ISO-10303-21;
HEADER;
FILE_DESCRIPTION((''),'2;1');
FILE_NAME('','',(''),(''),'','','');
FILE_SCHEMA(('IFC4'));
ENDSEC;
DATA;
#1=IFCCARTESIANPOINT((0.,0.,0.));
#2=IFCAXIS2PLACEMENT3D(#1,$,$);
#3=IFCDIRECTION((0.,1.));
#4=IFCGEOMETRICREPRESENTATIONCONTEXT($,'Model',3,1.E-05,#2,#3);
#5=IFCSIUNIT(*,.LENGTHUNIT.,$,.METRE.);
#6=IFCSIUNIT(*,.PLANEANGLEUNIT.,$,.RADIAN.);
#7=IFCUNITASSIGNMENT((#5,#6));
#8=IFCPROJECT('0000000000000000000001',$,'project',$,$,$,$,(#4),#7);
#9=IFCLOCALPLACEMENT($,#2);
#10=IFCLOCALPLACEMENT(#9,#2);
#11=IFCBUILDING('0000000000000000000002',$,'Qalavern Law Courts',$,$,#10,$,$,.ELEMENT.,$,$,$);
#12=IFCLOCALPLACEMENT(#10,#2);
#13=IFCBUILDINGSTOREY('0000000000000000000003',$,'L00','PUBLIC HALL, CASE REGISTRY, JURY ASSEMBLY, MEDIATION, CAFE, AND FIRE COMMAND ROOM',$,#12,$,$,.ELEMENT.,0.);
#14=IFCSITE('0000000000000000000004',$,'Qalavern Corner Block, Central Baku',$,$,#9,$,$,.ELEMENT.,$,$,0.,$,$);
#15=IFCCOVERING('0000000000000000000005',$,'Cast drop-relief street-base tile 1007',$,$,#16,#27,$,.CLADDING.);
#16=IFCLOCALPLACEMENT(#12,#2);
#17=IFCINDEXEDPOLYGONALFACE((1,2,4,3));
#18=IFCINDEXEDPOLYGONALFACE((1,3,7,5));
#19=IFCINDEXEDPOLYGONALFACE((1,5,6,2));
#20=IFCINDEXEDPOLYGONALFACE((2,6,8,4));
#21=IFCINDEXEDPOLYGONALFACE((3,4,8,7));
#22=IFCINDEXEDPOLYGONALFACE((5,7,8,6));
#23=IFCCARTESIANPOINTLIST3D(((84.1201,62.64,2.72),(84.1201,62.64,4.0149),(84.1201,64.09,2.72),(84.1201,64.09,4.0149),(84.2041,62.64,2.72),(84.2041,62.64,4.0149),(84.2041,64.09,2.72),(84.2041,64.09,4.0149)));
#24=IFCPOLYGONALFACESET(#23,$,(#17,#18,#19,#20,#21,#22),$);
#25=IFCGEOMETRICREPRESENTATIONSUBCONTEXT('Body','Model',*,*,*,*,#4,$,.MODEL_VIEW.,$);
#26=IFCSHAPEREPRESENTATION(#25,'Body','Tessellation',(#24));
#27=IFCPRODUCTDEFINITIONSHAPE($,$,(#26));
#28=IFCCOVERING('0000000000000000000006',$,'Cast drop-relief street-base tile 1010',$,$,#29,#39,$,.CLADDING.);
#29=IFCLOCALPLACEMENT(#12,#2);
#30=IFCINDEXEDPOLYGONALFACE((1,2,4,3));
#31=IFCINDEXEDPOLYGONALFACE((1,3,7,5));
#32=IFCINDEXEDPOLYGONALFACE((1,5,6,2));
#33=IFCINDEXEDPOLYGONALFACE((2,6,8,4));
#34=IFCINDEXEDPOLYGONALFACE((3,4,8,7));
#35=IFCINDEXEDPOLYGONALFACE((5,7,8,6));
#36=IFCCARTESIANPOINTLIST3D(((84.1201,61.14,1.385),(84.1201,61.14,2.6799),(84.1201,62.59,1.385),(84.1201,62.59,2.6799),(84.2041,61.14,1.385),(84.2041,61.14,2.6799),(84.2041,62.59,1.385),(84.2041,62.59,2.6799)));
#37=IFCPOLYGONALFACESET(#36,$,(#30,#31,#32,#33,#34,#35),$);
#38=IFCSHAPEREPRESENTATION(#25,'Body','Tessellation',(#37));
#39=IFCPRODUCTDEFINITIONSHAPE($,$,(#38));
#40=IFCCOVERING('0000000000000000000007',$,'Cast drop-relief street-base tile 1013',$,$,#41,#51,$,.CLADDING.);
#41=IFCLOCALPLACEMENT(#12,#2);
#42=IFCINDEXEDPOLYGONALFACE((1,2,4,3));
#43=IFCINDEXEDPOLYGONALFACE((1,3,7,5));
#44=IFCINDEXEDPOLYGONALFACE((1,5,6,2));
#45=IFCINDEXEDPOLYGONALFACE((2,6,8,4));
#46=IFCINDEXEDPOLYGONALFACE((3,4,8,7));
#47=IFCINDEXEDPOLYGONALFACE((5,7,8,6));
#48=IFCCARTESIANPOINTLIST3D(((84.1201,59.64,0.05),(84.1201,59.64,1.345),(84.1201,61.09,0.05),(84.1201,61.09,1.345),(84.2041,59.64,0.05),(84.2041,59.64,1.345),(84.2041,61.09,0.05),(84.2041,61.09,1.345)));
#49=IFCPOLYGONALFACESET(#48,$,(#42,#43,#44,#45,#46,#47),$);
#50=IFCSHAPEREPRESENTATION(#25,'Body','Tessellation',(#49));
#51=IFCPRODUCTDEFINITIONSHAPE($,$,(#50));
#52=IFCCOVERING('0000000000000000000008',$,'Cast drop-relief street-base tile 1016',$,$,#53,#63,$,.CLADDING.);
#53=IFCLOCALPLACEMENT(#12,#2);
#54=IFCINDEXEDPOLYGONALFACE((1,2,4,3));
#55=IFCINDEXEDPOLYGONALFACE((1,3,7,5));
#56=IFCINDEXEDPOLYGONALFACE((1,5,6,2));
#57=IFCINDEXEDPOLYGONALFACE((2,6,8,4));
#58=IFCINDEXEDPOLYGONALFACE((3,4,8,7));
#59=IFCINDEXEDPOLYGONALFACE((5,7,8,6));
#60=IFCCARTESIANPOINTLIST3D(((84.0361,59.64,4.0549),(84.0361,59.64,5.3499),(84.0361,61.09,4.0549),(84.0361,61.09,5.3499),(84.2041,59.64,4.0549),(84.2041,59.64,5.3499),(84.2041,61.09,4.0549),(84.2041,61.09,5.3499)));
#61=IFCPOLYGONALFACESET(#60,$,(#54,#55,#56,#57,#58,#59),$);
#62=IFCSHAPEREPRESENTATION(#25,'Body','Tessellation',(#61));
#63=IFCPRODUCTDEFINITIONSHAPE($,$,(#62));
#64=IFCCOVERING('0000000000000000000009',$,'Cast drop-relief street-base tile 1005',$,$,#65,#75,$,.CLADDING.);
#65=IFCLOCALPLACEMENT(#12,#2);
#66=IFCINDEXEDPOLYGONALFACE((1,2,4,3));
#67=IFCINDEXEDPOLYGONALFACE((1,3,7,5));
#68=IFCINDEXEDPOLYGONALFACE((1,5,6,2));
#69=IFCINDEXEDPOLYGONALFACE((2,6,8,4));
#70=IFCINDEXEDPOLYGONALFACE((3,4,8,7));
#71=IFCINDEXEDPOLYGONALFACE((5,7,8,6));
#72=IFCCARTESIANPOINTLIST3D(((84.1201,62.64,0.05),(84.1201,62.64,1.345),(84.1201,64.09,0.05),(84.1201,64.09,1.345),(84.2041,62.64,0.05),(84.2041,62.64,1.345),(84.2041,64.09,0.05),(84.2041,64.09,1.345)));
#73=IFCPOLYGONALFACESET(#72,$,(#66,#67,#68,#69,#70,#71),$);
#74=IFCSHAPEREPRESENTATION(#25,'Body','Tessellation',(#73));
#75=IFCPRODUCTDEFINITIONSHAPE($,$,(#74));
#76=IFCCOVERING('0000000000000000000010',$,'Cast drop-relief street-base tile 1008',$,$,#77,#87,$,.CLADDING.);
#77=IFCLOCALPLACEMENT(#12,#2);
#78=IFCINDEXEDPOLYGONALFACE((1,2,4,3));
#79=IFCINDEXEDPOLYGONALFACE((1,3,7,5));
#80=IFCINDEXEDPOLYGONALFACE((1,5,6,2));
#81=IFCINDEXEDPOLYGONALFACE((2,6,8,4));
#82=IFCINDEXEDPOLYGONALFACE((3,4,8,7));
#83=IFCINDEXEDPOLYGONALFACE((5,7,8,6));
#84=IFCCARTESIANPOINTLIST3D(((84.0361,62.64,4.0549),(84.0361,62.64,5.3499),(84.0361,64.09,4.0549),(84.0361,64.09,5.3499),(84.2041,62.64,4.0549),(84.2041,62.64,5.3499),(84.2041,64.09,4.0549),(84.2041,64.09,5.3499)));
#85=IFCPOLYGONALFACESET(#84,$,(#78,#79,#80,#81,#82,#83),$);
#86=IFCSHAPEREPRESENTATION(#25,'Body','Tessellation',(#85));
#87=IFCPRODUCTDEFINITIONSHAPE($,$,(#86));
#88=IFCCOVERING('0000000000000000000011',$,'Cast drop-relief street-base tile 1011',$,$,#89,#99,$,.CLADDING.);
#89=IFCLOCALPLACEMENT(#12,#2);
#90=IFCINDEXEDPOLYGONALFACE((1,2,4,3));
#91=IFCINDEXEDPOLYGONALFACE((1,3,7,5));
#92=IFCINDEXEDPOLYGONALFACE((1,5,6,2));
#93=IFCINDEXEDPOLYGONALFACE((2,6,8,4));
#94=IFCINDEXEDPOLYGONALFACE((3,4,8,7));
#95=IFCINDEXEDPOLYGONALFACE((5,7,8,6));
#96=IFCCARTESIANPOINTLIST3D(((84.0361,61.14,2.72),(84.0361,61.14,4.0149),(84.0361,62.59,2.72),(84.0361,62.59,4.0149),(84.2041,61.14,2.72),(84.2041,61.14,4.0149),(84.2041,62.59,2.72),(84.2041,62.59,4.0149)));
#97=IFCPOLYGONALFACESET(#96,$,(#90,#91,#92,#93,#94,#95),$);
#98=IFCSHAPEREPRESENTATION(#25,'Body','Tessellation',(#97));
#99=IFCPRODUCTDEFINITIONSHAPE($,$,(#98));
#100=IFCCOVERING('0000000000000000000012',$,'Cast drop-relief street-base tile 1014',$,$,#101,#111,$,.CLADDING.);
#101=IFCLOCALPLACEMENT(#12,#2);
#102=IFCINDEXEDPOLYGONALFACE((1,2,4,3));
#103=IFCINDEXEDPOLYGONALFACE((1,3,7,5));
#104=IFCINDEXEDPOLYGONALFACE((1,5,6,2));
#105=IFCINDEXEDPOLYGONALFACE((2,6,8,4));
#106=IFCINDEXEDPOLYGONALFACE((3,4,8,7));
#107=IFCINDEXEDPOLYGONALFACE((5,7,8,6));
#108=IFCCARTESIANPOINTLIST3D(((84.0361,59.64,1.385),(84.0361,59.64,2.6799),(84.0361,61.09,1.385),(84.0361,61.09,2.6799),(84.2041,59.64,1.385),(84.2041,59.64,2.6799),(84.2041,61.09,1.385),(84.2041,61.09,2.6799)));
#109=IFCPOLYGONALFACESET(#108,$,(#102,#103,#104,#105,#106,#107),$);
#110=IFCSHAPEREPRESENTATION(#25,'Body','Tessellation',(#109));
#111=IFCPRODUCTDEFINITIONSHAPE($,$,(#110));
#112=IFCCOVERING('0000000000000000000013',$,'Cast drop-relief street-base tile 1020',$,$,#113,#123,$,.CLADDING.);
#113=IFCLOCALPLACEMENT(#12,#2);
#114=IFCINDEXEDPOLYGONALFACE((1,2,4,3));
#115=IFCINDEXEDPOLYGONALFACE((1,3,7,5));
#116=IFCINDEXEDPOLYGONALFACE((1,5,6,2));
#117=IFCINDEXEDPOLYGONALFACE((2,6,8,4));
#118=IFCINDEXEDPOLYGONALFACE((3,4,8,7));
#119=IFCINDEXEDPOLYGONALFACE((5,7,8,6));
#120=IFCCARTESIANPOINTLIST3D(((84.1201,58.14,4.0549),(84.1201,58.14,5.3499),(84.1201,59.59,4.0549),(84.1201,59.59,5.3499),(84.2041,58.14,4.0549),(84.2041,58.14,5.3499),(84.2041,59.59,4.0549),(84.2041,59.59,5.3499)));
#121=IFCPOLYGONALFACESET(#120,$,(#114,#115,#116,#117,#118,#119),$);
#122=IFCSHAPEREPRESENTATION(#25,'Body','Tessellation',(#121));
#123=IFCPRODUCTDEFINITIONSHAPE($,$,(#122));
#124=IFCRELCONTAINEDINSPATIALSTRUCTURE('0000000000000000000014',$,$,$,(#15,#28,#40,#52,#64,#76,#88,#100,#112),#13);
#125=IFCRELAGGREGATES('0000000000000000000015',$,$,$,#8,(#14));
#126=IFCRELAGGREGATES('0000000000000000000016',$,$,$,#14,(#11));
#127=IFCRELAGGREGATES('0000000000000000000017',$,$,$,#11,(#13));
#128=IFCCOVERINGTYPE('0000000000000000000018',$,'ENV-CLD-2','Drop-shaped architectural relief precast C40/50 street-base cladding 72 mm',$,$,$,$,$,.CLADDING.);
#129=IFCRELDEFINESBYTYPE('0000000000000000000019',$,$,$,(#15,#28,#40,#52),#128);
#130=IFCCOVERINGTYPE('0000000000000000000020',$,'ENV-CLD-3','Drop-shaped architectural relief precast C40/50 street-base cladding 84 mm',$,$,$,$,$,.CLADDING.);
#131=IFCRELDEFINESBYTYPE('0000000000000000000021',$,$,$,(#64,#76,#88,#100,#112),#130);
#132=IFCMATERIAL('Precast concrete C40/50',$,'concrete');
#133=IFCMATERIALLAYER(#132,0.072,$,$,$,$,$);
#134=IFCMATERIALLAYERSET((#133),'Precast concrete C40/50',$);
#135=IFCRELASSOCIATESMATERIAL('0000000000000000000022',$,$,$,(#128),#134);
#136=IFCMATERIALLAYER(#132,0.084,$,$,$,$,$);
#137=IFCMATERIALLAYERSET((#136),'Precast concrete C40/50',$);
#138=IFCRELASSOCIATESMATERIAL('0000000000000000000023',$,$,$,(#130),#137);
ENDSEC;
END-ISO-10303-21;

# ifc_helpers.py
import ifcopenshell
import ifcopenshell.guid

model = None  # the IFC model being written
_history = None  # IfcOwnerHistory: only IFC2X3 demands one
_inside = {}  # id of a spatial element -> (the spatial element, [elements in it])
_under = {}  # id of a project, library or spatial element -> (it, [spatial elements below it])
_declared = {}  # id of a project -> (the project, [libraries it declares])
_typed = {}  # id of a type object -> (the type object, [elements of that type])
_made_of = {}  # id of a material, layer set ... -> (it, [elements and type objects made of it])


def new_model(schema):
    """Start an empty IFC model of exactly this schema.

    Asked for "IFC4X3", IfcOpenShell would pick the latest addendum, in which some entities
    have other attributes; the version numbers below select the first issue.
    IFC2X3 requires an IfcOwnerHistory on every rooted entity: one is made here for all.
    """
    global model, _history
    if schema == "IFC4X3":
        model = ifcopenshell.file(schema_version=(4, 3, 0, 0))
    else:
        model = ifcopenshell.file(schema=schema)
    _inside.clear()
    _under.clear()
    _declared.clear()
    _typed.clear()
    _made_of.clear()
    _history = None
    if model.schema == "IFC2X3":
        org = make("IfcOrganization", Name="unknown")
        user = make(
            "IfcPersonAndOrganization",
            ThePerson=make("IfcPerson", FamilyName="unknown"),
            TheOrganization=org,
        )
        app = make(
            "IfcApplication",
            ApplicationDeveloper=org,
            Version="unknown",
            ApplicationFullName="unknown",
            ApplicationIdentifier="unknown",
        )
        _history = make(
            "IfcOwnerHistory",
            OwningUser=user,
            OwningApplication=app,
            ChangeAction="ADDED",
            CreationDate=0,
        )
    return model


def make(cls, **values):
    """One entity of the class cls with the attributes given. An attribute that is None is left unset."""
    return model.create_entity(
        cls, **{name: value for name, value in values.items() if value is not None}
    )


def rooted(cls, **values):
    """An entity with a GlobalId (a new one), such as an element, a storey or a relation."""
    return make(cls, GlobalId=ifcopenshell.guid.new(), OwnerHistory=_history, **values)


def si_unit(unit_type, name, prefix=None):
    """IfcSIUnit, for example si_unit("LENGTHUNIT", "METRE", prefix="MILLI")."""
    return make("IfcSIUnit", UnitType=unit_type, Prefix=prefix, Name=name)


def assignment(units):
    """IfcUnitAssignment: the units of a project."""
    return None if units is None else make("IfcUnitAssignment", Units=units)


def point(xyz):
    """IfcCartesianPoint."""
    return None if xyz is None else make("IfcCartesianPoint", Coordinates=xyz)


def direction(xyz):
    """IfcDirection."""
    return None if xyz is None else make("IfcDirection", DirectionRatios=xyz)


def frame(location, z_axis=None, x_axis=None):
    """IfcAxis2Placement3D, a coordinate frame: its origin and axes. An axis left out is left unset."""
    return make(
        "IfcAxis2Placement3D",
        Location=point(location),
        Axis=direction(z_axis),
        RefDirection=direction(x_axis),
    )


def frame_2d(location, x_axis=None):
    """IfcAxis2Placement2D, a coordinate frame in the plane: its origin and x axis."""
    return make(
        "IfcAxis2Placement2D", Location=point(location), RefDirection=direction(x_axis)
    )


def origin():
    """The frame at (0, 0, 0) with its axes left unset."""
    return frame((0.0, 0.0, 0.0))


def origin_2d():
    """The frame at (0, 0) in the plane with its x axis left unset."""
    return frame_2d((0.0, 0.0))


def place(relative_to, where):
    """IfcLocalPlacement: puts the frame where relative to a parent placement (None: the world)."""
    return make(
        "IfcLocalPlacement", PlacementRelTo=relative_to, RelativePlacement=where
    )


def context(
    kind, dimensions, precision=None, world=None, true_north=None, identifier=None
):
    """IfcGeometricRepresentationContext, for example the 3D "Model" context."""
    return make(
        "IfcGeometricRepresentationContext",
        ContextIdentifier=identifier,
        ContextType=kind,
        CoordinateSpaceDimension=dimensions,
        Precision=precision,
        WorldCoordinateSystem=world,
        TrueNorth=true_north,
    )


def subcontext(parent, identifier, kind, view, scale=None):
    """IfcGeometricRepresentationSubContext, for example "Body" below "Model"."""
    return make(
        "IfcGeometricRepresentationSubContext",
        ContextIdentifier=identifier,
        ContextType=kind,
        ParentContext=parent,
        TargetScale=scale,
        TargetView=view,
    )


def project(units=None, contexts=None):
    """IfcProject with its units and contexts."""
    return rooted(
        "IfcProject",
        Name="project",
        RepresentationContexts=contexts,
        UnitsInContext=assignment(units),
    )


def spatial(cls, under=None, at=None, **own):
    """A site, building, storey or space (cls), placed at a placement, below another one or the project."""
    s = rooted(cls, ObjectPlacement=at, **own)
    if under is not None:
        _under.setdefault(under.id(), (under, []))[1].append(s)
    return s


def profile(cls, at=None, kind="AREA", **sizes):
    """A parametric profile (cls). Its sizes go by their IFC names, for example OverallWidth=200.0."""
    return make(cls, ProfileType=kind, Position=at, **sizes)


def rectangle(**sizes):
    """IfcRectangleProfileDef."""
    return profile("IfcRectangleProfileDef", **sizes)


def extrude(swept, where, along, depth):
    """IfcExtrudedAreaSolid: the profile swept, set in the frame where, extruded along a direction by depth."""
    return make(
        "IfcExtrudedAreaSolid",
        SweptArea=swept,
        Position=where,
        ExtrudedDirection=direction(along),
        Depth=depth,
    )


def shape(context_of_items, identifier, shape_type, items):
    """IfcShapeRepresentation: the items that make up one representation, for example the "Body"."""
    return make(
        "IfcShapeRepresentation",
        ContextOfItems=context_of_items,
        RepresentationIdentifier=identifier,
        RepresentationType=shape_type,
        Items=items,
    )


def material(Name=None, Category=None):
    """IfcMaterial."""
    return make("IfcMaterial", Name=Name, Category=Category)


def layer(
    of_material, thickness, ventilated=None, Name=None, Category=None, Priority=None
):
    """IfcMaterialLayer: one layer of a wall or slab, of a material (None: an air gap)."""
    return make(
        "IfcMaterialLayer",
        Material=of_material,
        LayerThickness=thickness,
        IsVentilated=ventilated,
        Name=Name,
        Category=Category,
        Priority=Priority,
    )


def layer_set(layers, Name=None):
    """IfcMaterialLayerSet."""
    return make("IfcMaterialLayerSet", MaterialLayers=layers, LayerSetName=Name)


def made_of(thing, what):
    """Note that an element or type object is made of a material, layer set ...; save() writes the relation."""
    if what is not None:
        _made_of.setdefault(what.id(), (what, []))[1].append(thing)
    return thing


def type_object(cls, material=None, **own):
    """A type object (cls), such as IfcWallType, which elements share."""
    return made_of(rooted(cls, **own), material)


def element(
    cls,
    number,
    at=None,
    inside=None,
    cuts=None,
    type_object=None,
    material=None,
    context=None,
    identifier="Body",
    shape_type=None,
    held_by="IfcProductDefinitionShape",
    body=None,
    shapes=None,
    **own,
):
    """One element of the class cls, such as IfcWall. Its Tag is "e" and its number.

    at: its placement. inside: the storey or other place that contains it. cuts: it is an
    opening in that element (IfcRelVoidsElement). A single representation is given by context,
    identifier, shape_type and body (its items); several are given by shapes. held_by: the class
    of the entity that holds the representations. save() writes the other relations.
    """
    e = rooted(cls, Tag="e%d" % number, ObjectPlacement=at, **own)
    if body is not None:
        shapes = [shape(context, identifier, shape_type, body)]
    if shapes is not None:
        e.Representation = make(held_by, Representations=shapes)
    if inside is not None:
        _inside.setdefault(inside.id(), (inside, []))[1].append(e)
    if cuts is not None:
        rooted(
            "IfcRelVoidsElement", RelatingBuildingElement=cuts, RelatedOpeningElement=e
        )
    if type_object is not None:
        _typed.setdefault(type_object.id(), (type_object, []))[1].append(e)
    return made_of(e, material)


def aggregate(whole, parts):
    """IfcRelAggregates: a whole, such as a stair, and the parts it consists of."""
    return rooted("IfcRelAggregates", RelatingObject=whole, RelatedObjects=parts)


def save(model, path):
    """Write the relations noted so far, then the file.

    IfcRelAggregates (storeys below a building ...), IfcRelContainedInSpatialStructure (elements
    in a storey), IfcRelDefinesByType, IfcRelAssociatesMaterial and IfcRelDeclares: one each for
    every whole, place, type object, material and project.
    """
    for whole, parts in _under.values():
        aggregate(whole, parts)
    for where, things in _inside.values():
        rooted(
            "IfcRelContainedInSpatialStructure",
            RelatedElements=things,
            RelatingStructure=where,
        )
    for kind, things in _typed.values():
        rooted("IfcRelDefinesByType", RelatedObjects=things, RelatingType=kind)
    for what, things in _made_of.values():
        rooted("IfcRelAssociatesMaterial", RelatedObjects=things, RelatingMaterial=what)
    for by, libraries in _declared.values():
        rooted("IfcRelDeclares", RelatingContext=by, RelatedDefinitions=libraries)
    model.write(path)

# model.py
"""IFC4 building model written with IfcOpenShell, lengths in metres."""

from ifc_helpers import new_model, si_unit, direction, frame, origin, origin_2d, place, context, subcontext, project, spatial, rectangle, extrude, material, layer, layer_set, type_object, element, save


model = new_model("IFC4")

# Units and contexts
model_context = context("Model", 3, precision=1e-05, world=origin(), true_north=direction((0.0, 1.0)))
body_context = subcontext(model_context, "Body", "Model", "MODEL_VIEW")
ifc_project = project(units=[si_unit("LENGTHUNIT", "METRE"), si_unit("PLANEANGLEUNIT", "RADIAN")], contexts=[model_context])

# Site, building, storey
site_placement = place(None, origin())
site = spatial("IfcSite", under=ifc_project, at=site_placement, Name="Qalavern Corner Block, Central Baku", CompositionType="ELEMENT", RefElevation=0.0)
building_placement = place(site_placement, origin())
building = spatial("IfcBuilding", under=site, at=building_placement, Name="Qalavern Law Courts", CompositionType="ELEMENT")
storey_placement = place(building_placement, origin())
storey = spatial("IfcBuildingStorey", under=building, at=storey_placement, Name="L00", Description="PUBLIC HALL, CASE REGISTRY, JURY ASSEMBLY, MEDIATION, CAFE, AND FIRE COMMAND ROOM", CompositionType="ELEMENT", Elevation=0.0)

# Coverings
ifc_material_1 = material(Name="Precast concrete C40/50", Category="concrete")
ifc_layer_1 = layer(ifc_material_1, 0.072)
ifc_layer_set_1 = layer_set([ifc_layer_1], Name="Precast concrete C40/50")
covering_type_1 = type_object("IfcCoveringType", Name="ENV-CLD-2", Description="Drop-shaped architectural relief precast C40/50 street-base cladding 72 mm", PredefinedType="CLADDING", material=ifc_layer_set_1)
for number, where, z_axis, x_axis, name in (
    (1, (84.1621, 63.365, 2.72), (0.0, 0.0, 1.0), (0.0, -1.0, 0.0), "Cast drop-relief street-base tile 1007"),
    (2, (84.1621, 61.865, 1.385), (0.0, 0.0, 1.0), (0.0, -1.0, 0.0), "Cast drop-relief street-base tile 1010"),
    (3, (84.1621, 60.365, 0.05), (0.0, 0.0, 1.0), (0.0, -1.0, 0.0), "Cast drop-relief street-base tile 1013"),
):
    element("IfcCovering", number, at=place(storey_placement, frame(where, z_axis=z_axis, x_axis=x_axis)), inside=storey, type_object=covering_type_1, Name=name, PredefinedType="CLADDING", context=body_context, shape_type="SweptSolid", body=[
        extrude(rectangle(XDim=1.45, YDim=0.084, at=origin_2d()), origin(), (0.0, 0.0, 1.0), 1.2949),
    ])
covering_1_placement = place(storey_placement, frame((84.1201, 60.365, 4.0549), z_axis=(0.0, 0.0, 1.0), x_axis=(0.0, -1.0, 0.0)))
element("IfcCovering", 4, at=covering_1_placement, inside=storey, type_object=covering_type_1, Name="Cast drop-relief street-base tile 1016", PredefinedType="CLADDING", context=body_context, shape_type="SweptSolid", body=[
    extrude(rectangle(XDim=1.45, YDim=0.168, at=origin_2d()), origin(), (0.0, 0.0, 1.0), 1.2949),
])
ifc_layer_2 = layer(ifc_material_1, 0.084)
ifc_layer_set_2 = layer_set([ifc_layer_2], Name="Precast concrete C40/50")
covering_type_2 = type_object("IfcCoveringType", Name="ENV-CLD-3", Description="Drop-shaped architectural relief precast C40/50 street-base cladding 84 mm", PredefinedType="CLADDING", material=ifc_layer_set_2)
covering_2_placement = place(storey_placement, frame((84.1621, 63.365, 0.05), z_axis=(0.0, 0.0, 1.0), x_axis=(0.0, -1.0, 0.0)))
element("IfcCovering", 5, at=covering_2_placement, inside=storey, type_object=covering_type_2, Name="Cast drop-relief street-base tile 1005", PredefinedType="CLADDING", context=body_context, shape_type="SweptSolid", body=[
    extrude(rectangle(XDim=1.45, YDim=0.084, at=origin_2d()), origin(), (0.0, 0.0, 1.0), 1.2949),
])
for number, where, z_axis, x_axis, name in (
    (6, (84.1201, 63.365, 4.0549), (0.0, 0.0, 1.0), (0.0, -1.0, 0.0), "Cast drop-relief street-base tile 1008"),
    (7, (84.1201, 61.865, 2.72), (0.0, 0.0, 1.0), (0.0, -1.0, 0.0), "Cast drop-relief street-base tile 1011"),
    (8, (84.1201, 60.365, 1.385), (0.0, 0.0, 1.0), (0.0, -1.0, 0.0), "Cast drop-relief street-base tile 1014"),
):
    element("IfcCovering", number, at=place(storey_placement, frame(where, z_axis=z_axis, x_axis=x_axis)), inside=storey, type_object=covering_type_2, Name=name, PredefinedType="CLADDING", context=body_context, shape_type="SweptSolid", body=[
        extrude(rectangle(XDim=1.45, YDim=0.168, at=origin_2d()), origin(), (0.0, 0.0, 1.0), 1.2949),
    ])
covering_3_placement = place(storey_placement, frame((84.1621, 58.865, 4.0549), z_axis=(0.0, 0.0, 1.0), x_axis=(0.0, -1.0, 0.0)))
element("IfcCovering", 9, at=covering_3_placement, inside=storey, type_object=covering_type_2, Name="Cast drop-relief street-base tile 1020", PredefinedType="CLADDING", context=body_context, shape_type="SweptSolid", body=[
    extrude(rectangle(XDim=1.45, YDim=0.084, at=origin_2d()), origin(), (0.0, 0.0, 1.0), 1.2949),
])

save(model, "model.ifc")
